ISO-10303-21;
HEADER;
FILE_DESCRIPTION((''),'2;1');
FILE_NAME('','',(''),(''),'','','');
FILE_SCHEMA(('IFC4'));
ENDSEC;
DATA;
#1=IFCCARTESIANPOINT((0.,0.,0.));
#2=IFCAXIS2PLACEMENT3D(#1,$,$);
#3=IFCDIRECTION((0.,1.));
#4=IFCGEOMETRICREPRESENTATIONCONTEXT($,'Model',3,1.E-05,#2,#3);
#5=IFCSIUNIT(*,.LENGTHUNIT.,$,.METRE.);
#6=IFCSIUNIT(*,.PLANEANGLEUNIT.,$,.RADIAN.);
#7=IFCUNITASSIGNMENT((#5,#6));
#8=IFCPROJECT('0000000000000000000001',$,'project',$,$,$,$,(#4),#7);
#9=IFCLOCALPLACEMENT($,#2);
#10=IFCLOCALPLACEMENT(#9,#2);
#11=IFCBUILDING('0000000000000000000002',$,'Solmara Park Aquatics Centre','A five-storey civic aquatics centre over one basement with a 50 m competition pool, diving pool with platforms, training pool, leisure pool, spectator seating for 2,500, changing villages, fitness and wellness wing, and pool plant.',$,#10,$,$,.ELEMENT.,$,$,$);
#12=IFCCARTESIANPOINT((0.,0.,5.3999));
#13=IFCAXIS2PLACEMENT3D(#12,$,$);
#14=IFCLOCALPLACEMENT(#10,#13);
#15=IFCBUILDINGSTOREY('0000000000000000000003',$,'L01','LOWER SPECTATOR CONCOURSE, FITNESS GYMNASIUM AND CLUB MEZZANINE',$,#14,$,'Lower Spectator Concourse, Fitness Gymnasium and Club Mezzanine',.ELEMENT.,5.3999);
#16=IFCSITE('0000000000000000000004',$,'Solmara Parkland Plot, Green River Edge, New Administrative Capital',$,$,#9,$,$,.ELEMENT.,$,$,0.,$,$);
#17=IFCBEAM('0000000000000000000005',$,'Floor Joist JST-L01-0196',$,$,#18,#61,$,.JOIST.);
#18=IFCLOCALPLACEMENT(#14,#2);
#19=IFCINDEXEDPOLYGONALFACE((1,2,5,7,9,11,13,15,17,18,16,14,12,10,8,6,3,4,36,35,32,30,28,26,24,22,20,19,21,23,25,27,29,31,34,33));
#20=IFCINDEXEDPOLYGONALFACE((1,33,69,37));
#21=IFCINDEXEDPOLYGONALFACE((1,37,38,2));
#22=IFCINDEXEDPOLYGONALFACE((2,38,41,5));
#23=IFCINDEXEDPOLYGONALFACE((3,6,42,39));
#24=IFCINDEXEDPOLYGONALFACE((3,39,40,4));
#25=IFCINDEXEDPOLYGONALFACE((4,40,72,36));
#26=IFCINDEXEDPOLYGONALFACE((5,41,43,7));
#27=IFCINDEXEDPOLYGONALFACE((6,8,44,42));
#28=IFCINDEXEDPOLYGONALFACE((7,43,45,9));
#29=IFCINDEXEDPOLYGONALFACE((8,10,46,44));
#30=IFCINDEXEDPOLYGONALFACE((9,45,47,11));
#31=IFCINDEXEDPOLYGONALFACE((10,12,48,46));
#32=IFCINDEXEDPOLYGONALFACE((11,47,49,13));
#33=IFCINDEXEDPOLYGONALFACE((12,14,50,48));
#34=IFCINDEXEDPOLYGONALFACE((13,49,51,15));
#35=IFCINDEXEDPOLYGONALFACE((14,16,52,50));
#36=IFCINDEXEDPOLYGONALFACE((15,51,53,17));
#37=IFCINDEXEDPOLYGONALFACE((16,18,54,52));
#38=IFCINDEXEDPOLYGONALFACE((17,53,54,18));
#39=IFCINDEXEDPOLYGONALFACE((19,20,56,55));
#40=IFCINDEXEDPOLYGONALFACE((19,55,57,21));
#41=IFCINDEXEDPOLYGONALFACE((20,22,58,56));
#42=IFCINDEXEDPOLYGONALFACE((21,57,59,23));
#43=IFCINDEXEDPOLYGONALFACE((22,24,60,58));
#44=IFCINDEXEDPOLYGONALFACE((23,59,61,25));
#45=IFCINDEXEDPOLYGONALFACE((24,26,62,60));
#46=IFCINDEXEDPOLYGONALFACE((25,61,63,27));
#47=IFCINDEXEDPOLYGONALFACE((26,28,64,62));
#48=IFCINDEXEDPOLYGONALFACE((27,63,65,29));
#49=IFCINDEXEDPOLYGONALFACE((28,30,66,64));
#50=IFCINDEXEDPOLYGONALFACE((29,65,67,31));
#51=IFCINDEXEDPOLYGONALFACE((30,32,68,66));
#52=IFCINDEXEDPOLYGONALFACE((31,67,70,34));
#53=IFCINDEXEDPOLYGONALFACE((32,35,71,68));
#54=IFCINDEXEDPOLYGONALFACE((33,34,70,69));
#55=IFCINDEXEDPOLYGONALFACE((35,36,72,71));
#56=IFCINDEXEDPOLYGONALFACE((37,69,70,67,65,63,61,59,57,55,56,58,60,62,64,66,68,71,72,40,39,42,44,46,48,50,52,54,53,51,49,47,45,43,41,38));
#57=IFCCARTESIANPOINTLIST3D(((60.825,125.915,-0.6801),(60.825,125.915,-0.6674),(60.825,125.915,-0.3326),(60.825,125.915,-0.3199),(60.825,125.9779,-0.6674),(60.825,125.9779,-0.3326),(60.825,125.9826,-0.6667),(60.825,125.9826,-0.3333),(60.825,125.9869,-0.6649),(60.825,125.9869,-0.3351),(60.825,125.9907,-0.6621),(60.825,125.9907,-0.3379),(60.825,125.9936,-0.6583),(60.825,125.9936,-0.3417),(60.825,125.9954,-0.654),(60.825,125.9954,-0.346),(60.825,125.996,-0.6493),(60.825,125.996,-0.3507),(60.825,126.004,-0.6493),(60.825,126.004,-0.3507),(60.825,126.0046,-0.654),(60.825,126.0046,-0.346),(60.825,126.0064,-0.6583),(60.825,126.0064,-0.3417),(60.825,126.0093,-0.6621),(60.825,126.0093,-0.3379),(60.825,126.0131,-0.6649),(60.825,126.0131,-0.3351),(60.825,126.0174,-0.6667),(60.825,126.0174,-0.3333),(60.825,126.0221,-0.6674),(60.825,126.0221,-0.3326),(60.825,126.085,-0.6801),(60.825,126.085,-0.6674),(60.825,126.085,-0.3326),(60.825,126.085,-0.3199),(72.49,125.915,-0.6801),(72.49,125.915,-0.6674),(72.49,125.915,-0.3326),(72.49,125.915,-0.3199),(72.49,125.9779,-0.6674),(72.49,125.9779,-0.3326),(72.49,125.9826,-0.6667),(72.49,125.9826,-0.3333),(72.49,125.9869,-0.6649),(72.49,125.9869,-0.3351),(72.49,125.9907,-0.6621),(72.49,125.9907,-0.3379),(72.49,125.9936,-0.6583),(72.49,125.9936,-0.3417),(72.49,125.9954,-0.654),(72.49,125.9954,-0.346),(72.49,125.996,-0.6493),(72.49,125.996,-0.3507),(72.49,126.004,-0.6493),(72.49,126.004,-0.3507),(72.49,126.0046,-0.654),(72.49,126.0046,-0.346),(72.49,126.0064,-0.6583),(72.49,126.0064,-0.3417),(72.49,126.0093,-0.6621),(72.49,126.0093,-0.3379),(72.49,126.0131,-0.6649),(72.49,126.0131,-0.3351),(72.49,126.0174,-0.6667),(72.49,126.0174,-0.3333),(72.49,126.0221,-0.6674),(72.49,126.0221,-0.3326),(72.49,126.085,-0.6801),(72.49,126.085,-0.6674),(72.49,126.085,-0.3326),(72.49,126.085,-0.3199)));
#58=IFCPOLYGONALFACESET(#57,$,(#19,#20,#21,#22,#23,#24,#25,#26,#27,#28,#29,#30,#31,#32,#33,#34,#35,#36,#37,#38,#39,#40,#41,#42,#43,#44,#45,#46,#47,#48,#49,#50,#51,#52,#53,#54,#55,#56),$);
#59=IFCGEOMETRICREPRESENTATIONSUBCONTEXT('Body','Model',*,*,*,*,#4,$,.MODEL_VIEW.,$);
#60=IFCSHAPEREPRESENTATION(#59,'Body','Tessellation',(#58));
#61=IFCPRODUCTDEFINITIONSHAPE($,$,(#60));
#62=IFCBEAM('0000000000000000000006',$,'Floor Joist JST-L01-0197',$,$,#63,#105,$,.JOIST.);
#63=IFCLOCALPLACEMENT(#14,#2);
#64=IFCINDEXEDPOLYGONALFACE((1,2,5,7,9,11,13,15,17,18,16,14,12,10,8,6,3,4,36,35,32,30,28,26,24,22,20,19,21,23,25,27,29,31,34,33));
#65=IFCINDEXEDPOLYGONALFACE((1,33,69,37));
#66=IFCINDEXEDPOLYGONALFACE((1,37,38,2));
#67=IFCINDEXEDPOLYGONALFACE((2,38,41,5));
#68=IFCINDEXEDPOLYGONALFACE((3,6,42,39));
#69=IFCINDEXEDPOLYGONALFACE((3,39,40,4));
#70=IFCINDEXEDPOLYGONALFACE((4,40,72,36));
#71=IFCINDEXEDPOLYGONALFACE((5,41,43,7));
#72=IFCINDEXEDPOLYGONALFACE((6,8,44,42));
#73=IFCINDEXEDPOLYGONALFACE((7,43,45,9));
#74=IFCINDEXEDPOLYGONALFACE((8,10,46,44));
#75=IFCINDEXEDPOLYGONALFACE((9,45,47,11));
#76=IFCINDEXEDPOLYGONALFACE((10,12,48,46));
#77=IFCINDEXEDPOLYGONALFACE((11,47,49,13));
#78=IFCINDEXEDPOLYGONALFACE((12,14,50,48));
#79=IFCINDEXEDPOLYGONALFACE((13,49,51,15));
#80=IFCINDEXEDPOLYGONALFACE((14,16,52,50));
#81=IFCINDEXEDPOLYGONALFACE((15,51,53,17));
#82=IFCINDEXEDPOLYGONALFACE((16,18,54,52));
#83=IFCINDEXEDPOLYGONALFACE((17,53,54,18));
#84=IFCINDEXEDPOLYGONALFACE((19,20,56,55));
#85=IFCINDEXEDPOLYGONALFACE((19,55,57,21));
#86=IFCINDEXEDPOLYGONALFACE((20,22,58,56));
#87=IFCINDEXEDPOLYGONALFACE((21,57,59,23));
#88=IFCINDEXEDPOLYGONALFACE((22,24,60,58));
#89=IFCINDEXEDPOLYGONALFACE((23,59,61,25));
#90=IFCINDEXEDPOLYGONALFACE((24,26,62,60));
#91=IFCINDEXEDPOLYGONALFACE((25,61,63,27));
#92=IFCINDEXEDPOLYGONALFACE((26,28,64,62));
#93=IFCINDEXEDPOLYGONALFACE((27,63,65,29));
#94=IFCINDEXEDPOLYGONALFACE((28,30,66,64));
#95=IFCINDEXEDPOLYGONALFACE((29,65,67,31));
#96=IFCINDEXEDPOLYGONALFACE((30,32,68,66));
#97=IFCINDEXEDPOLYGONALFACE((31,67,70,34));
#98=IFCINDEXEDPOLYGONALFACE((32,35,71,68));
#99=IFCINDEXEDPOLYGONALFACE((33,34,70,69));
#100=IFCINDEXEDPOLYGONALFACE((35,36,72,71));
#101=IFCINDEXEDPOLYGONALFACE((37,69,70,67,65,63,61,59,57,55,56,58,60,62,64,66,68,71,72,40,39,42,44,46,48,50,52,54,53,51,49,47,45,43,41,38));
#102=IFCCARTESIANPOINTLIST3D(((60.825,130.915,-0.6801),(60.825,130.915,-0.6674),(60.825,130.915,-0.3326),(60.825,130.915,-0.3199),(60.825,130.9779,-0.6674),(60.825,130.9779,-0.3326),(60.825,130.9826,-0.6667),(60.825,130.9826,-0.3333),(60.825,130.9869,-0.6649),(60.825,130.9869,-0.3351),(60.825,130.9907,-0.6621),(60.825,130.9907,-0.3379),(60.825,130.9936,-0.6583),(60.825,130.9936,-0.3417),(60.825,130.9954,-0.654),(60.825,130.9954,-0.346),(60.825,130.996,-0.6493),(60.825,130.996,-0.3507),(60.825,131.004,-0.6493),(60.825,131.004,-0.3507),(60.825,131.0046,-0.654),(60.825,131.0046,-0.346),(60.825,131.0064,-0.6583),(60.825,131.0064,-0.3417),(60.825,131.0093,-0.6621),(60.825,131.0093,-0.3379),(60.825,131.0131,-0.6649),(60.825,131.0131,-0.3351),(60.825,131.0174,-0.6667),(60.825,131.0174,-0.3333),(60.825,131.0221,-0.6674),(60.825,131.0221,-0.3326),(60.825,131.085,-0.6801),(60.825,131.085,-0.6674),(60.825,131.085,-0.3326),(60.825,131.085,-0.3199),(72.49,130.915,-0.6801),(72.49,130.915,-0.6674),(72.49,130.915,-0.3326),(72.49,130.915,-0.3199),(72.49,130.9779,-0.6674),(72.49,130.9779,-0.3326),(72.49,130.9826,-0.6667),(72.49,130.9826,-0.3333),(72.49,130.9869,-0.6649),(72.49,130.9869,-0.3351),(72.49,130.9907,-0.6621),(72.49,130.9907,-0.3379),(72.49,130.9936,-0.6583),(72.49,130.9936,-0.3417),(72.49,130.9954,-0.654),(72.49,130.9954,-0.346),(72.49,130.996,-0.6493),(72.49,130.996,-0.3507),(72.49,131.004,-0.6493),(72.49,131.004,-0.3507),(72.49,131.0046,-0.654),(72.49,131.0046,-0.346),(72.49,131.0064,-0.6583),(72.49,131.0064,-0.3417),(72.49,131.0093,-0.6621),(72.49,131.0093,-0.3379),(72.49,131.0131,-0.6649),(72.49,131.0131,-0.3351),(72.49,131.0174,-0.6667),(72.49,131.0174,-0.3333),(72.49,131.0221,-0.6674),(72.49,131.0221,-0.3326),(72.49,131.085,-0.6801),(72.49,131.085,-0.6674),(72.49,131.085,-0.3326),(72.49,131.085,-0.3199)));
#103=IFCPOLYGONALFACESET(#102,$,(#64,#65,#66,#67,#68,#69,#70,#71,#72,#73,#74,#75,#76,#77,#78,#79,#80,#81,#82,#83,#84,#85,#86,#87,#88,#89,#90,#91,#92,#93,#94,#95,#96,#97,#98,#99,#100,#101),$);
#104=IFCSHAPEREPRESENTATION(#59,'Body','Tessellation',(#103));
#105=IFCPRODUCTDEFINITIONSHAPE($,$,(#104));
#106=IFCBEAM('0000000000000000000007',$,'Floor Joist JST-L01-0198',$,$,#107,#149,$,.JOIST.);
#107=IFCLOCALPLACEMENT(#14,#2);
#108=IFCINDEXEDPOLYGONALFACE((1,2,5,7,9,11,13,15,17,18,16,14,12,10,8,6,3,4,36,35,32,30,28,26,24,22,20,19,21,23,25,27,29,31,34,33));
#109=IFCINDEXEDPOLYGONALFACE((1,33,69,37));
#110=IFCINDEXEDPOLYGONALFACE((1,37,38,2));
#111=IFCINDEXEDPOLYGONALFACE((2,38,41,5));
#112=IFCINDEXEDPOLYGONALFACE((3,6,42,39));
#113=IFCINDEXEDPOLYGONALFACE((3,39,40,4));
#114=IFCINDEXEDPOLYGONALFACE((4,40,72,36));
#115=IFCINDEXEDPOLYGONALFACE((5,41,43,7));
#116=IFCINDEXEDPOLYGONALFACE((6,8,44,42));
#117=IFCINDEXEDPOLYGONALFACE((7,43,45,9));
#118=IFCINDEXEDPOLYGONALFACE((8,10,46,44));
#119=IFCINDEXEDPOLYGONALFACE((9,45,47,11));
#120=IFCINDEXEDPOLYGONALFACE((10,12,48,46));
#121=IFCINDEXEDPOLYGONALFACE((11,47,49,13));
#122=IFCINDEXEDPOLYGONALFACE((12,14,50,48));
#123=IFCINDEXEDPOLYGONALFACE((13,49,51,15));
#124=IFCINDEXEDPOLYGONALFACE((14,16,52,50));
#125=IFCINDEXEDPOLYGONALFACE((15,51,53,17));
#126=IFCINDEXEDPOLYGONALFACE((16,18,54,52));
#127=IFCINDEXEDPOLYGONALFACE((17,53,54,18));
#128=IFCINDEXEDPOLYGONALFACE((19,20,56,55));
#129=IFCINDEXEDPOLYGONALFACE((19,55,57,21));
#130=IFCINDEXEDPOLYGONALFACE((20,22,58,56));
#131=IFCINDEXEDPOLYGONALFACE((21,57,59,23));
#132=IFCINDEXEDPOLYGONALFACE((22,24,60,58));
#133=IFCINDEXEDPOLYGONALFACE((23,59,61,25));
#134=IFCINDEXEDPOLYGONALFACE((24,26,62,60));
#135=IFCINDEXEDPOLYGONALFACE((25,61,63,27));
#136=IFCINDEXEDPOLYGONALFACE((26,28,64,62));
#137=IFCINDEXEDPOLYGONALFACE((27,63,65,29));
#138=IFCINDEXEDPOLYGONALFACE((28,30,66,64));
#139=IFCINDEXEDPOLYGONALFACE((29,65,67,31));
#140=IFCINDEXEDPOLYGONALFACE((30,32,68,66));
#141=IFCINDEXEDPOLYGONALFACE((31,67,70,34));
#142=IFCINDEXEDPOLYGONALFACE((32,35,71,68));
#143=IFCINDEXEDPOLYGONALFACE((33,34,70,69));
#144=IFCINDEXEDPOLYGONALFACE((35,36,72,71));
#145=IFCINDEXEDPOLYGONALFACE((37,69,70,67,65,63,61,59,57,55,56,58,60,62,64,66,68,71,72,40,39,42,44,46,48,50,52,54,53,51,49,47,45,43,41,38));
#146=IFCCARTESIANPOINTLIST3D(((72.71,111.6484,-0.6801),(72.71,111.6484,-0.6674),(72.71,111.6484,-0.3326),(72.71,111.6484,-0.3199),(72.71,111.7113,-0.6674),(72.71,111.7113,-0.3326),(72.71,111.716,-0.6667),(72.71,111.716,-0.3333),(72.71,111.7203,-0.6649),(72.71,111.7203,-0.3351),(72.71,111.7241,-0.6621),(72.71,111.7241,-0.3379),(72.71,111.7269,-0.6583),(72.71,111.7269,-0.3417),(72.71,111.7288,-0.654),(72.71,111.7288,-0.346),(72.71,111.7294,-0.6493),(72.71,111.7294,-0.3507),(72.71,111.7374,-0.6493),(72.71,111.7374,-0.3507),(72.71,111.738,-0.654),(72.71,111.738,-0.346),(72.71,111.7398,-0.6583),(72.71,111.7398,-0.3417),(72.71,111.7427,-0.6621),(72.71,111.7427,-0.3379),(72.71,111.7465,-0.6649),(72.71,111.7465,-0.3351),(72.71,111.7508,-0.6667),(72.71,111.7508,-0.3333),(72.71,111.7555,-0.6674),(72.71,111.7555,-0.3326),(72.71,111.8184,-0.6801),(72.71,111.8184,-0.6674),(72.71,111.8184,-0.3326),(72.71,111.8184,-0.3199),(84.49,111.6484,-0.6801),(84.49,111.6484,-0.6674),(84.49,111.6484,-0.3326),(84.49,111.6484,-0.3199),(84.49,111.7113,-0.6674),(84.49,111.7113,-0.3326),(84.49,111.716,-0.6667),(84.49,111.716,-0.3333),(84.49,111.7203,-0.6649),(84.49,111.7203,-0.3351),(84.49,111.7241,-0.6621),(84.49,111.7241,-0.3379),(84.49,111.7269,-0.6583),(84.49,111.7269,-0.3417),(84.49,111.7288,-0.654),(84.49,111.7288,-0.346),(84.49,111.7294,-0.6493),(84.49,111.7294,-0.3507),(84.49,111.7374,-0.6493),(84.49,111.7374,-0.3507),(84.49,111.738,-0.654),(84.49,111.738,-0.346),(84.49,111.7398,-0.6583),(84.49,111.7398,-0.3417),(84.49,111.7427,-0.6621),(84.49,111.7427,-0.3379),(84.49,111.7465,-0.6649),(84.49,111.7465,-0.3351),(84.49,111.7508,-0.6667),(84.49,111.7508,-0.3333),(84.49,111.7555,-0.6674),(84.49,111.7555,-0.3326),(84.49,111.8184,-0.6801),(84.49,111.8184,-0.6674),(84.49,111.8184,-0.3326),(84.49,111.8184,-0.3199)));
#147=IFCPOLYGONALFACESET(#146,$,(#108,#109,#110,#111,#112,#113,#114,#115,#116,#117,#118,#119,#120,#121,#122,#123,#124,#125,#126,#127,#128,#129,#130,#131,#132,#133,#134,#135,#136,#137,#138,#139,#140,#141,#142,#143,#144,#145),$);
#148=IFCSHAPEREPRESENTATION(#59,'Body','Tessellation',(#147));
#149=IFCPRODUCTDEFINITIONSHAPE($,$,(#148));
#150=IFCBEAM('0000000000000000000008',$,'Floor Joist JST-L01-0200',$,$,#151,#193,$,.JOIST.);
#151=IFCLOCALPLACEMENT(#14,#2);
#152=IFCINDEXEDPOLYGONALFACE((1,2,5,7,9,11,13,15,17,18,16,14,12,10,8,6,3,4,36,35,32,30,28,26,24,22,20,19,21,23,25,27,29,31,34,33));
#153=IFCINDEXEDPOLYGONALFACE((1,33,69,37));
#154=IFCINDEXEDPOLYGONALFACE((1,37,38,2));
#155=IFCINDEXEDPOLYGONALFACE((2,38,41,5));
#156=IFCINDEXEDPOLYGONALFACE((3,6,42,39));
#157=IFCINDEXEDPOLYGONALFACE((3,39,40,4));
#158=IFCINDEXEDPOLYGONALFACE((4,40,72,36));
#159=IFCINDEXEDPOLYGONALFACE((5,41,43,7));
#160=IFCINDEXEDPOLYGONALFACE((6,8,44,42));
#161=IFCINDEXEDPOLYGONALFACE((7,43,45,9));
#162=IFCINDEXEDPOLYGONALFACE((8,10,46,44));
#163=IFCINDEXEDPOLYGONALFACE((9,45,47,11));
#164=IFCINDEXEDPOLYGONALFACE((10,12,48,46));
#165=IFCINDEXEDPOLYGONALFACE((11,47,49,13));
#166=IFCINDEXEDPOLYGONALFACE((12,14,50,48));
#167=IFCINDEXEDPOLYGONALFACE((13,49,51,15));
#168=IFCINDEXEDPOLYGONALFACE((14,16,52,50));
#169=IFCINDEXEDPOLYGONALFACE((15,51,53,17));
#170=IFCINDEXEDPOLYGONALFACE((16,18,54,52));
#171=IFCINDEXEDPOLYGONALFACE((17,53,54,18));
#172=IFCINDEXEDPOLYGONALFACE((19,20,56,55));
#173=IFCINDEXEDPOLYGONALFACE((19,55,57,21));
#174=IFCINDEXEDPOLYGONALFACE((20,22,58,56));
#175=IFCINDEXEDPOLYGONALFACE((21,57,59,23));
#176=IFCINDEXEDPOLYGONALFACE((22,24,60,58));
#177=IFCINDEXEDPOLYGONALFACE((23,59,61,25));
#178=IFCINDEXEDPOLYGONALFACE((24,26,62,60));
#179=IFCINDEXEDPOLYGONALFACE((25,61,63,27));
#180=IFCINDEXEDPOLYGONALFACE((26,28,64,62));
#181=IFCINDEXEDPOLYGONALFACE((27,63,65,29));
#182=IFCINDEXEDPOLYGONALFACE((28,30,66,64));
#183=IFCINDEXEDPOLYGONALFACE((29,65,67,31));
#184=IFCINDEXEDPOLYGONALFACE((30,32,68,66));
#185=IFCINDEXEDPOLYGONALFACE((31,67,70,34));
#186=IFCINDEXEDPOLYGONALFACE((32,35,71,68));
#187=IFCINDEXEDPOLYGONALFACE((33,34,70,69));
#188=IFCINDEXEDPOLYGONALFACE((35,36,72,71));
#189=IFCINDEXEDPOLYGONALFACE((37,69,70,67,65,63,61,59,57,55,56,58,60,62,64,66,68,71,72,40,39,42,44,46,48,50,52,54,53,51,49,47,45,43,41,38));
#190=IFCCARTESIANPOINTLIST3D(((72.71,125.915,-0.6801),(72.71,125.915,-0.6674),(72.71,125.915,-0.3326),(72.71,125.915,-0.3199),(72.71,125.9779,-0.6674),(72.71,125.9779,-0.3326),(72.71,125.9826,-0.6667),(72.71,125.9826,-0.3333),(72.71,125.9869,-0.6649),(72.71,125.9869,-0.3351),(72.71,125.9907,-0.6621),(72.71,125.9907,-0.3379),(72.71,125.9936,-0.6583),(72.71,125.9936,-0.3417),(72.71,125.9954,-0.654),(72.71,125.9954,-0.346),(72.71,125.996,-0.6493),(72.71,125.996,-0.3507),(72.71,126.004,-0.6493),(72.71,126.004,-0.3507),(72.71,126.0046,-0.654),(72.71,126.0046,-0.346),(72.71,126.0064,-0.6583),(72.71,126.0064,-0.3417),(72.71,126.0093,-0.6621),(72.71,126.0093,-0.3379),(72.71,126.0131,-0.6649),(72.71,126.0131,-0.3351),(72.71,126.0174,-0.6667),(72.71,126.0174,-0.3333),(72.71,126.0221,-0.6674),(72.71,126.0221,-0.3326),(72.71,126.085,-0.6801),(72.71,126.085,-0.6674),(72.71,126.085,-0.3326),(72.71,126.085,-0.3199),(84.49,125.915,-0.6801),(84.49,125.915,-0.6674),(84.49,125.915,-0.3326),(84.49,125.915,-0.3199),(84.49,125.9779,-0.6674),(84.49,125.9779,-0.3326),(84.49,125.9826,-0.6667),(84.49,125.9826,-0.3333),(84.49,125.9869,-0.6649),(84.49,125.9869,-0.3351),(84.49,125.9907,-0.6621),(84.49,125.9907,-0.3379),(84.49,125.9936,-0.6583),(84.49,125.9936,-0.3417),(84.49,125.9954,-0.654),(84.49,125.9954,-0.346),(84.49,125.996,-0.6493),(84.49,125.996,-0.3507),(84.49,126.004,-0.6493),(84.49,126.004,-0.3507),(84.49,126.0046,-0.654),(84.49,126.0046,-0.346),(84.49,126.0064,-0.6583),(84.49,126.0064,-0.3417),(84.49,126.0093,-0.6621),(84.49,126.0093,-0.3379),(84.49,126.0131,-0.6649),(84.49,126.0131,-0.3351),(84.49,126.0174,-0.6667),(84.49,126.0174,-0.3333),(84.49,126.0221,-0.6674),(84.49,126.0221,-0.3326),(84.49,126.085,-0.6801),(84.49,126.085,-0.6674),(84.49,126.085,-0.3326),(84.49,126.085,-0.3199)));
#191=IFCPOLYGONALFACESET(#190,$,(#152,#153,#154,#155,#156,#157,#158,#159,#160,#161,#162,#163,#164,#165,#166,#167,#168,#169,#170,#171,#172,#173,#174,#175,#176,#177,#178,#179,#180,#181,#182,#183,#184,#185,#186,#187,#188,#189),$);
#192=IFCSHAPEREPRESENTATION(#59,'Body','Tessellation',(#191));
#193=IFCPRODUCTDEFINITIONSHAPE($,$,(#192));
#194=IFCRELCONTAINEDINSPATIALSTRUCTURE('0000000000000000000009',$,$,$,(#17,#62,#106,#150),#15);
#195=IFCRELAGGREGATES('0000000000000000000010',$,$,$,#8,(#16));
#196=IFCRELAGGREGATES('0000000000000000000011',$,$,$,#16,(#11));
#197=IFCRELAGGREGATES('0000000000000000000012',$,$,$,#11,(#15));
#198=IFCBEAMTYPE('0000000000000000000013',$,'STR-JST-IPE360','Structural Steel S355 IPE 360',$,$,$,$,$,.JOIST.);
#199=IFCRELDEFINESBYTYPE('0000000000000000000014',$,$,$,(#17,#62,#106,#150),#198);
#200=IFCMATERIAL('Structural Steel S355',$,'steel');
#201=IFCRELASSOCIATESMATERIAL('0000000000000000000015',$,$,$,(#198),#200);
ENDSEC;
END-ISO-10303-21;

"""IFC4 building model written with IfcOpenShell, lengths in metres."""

from ifc_helpers import new_model, si_unit, direction, frame, origin, origin_2d, place, context, subcontext, project, spatial, i_section, extrude, material, material_profile, profile_set, type_object, element, save


model = new_model("IFC4")

# Units and contexts
model_context = context("Model", 3, precision=1e-05, world=origin(), true_north=direction((0.0, 1.0)))
body_context = subcontext(model_context, "Body", "Model", "MODEL_VIEW")
ifc_project = project(units=[si_unit("LENGTHUNIT", "METRE"), si_unit("PLANEANGLEUNIT", "RADIAN")], contexts=[model_context])

# Site, building, storey
site_placement = place(None, origin())
site = spatial("IfcSite", under=ifc_project, at=site_placement, Name="Solmara Parkland Plot, Green River Edge, New Administrative Capital", CompositionType="ELEMENT", RefElevation=0.0)
building_placement = place(site_placement, origin())
building = spatial("IfcBuilding", under=site, at=building_placement, Name="Solmara Park Aquatics Centre", Description="A five-storey civic aquatics centre over one basement with a 50 m competition pool, diving pool with platforms, training pool, leisure pool, spectator seating for 2,500, changing villages, fitness and wellness wing, and pool plant.", CompositionType="ELEMENT")
storey_placement = place(building_placement, frame((0.0, 0.0, 5.3999)))
storey = spatial("IfcBuildingStorey", under=building, at=storey_placement, Name="L01", Description="LOWER SPECTATOR CONCOURSE, FITNESS GYMNASIUM AND CLUB MEZZANINE", LongName="Lower Spectator Concourse, Fitness Gymnasium and Club Mezzanine", CompositionType="ELEMENT", Elevation=5.3999)

# Shared definitions
ifc_material_1 = material(Name="Structural Steel S355", Category="steel")

# Beams
ifc_material_profile_1 = material_profile(ifc_material_1, i_section(OverallWidth=0.1699, OverallDepth=0.3601, WebThickness=0.0081, FlangeThickness=0.0127, FilletRadius=0.0181, at=origin_2d()), Name="IPE 360")
ifc_profile_set_1 = profile_set([ifc_material_profile_1], Name="Structural Steel S355")
beam_type_1 = type_object("IfcBeamType", Name="STR-JST-IPE360", Description="Structural Steel S355 IPE 360", PredefinedType="JOIST", material=ifc_profile_set_1)
for number, where, z_axis, x_axis, name in (
    (1, (60.825, 126.0, -0.5), (1.0, 0.0, 0.0), (0.0, 1.0, 0.0), "Floor Joist JST-L01-0196"),
    (2, (60.825, 131.0, -0.5), (1.0, 0.0, 0.0), (0.0, 1.0, 0.0), "Floor Joist JST-L01-0197"),
):
    element("IfcBeam", number, at=place(storey_placement, frame(where, z_axis=z_axis, x_axis=x_axis)), inside=storey, type_object=beam_type_1, Name=name, PredefinedType="JOIST", context=body_context, shape_type="SweptSolid", body=[
        extrude(i_section(OverallWidth=0.1699, OverallDepth=0.3601, WebThickness=0.0081, FlangeThickness=0.0127, FilletRadius=0.0181, at=origin_2d()), origin(), (0.0, 0.0, 1.0), 11.665),
    ])
for number, where, z_axis, x_axis, name in (
    (3, (72.71, 111.7334, -0.5), (1.0, 0.0, 0.0), (0.0, 1.0, 0.0), "Floor Joist JST-L01-0198"),
    (4, (72.71, 126.0, -0.5), (1.0, 0.0, 0.0), (0.0, 1.0, 0.0), "Floor Joist JST-L01-0200"),
):
    element("IfcBeam", number, at=place(storey_placement, frame(where, z_axis=z_axis, x_axis=x_axis)), inside=storey, type_object=beam_type_1, Name=name, PredefinedType="JOIST", context=body_context, shape_type="SweptSolid", body=[
        extrude(i_section(OverallWidth=0.1699, OverallDepth=0.3601, WebThickness=0.0081, FlangeThickness=0.0127, FilletRadius=0.0181, at=origin_2d()), origin(), (0.0, 0.0, 1.0), 11.78),
    ])

save(model, "model.ifc")
